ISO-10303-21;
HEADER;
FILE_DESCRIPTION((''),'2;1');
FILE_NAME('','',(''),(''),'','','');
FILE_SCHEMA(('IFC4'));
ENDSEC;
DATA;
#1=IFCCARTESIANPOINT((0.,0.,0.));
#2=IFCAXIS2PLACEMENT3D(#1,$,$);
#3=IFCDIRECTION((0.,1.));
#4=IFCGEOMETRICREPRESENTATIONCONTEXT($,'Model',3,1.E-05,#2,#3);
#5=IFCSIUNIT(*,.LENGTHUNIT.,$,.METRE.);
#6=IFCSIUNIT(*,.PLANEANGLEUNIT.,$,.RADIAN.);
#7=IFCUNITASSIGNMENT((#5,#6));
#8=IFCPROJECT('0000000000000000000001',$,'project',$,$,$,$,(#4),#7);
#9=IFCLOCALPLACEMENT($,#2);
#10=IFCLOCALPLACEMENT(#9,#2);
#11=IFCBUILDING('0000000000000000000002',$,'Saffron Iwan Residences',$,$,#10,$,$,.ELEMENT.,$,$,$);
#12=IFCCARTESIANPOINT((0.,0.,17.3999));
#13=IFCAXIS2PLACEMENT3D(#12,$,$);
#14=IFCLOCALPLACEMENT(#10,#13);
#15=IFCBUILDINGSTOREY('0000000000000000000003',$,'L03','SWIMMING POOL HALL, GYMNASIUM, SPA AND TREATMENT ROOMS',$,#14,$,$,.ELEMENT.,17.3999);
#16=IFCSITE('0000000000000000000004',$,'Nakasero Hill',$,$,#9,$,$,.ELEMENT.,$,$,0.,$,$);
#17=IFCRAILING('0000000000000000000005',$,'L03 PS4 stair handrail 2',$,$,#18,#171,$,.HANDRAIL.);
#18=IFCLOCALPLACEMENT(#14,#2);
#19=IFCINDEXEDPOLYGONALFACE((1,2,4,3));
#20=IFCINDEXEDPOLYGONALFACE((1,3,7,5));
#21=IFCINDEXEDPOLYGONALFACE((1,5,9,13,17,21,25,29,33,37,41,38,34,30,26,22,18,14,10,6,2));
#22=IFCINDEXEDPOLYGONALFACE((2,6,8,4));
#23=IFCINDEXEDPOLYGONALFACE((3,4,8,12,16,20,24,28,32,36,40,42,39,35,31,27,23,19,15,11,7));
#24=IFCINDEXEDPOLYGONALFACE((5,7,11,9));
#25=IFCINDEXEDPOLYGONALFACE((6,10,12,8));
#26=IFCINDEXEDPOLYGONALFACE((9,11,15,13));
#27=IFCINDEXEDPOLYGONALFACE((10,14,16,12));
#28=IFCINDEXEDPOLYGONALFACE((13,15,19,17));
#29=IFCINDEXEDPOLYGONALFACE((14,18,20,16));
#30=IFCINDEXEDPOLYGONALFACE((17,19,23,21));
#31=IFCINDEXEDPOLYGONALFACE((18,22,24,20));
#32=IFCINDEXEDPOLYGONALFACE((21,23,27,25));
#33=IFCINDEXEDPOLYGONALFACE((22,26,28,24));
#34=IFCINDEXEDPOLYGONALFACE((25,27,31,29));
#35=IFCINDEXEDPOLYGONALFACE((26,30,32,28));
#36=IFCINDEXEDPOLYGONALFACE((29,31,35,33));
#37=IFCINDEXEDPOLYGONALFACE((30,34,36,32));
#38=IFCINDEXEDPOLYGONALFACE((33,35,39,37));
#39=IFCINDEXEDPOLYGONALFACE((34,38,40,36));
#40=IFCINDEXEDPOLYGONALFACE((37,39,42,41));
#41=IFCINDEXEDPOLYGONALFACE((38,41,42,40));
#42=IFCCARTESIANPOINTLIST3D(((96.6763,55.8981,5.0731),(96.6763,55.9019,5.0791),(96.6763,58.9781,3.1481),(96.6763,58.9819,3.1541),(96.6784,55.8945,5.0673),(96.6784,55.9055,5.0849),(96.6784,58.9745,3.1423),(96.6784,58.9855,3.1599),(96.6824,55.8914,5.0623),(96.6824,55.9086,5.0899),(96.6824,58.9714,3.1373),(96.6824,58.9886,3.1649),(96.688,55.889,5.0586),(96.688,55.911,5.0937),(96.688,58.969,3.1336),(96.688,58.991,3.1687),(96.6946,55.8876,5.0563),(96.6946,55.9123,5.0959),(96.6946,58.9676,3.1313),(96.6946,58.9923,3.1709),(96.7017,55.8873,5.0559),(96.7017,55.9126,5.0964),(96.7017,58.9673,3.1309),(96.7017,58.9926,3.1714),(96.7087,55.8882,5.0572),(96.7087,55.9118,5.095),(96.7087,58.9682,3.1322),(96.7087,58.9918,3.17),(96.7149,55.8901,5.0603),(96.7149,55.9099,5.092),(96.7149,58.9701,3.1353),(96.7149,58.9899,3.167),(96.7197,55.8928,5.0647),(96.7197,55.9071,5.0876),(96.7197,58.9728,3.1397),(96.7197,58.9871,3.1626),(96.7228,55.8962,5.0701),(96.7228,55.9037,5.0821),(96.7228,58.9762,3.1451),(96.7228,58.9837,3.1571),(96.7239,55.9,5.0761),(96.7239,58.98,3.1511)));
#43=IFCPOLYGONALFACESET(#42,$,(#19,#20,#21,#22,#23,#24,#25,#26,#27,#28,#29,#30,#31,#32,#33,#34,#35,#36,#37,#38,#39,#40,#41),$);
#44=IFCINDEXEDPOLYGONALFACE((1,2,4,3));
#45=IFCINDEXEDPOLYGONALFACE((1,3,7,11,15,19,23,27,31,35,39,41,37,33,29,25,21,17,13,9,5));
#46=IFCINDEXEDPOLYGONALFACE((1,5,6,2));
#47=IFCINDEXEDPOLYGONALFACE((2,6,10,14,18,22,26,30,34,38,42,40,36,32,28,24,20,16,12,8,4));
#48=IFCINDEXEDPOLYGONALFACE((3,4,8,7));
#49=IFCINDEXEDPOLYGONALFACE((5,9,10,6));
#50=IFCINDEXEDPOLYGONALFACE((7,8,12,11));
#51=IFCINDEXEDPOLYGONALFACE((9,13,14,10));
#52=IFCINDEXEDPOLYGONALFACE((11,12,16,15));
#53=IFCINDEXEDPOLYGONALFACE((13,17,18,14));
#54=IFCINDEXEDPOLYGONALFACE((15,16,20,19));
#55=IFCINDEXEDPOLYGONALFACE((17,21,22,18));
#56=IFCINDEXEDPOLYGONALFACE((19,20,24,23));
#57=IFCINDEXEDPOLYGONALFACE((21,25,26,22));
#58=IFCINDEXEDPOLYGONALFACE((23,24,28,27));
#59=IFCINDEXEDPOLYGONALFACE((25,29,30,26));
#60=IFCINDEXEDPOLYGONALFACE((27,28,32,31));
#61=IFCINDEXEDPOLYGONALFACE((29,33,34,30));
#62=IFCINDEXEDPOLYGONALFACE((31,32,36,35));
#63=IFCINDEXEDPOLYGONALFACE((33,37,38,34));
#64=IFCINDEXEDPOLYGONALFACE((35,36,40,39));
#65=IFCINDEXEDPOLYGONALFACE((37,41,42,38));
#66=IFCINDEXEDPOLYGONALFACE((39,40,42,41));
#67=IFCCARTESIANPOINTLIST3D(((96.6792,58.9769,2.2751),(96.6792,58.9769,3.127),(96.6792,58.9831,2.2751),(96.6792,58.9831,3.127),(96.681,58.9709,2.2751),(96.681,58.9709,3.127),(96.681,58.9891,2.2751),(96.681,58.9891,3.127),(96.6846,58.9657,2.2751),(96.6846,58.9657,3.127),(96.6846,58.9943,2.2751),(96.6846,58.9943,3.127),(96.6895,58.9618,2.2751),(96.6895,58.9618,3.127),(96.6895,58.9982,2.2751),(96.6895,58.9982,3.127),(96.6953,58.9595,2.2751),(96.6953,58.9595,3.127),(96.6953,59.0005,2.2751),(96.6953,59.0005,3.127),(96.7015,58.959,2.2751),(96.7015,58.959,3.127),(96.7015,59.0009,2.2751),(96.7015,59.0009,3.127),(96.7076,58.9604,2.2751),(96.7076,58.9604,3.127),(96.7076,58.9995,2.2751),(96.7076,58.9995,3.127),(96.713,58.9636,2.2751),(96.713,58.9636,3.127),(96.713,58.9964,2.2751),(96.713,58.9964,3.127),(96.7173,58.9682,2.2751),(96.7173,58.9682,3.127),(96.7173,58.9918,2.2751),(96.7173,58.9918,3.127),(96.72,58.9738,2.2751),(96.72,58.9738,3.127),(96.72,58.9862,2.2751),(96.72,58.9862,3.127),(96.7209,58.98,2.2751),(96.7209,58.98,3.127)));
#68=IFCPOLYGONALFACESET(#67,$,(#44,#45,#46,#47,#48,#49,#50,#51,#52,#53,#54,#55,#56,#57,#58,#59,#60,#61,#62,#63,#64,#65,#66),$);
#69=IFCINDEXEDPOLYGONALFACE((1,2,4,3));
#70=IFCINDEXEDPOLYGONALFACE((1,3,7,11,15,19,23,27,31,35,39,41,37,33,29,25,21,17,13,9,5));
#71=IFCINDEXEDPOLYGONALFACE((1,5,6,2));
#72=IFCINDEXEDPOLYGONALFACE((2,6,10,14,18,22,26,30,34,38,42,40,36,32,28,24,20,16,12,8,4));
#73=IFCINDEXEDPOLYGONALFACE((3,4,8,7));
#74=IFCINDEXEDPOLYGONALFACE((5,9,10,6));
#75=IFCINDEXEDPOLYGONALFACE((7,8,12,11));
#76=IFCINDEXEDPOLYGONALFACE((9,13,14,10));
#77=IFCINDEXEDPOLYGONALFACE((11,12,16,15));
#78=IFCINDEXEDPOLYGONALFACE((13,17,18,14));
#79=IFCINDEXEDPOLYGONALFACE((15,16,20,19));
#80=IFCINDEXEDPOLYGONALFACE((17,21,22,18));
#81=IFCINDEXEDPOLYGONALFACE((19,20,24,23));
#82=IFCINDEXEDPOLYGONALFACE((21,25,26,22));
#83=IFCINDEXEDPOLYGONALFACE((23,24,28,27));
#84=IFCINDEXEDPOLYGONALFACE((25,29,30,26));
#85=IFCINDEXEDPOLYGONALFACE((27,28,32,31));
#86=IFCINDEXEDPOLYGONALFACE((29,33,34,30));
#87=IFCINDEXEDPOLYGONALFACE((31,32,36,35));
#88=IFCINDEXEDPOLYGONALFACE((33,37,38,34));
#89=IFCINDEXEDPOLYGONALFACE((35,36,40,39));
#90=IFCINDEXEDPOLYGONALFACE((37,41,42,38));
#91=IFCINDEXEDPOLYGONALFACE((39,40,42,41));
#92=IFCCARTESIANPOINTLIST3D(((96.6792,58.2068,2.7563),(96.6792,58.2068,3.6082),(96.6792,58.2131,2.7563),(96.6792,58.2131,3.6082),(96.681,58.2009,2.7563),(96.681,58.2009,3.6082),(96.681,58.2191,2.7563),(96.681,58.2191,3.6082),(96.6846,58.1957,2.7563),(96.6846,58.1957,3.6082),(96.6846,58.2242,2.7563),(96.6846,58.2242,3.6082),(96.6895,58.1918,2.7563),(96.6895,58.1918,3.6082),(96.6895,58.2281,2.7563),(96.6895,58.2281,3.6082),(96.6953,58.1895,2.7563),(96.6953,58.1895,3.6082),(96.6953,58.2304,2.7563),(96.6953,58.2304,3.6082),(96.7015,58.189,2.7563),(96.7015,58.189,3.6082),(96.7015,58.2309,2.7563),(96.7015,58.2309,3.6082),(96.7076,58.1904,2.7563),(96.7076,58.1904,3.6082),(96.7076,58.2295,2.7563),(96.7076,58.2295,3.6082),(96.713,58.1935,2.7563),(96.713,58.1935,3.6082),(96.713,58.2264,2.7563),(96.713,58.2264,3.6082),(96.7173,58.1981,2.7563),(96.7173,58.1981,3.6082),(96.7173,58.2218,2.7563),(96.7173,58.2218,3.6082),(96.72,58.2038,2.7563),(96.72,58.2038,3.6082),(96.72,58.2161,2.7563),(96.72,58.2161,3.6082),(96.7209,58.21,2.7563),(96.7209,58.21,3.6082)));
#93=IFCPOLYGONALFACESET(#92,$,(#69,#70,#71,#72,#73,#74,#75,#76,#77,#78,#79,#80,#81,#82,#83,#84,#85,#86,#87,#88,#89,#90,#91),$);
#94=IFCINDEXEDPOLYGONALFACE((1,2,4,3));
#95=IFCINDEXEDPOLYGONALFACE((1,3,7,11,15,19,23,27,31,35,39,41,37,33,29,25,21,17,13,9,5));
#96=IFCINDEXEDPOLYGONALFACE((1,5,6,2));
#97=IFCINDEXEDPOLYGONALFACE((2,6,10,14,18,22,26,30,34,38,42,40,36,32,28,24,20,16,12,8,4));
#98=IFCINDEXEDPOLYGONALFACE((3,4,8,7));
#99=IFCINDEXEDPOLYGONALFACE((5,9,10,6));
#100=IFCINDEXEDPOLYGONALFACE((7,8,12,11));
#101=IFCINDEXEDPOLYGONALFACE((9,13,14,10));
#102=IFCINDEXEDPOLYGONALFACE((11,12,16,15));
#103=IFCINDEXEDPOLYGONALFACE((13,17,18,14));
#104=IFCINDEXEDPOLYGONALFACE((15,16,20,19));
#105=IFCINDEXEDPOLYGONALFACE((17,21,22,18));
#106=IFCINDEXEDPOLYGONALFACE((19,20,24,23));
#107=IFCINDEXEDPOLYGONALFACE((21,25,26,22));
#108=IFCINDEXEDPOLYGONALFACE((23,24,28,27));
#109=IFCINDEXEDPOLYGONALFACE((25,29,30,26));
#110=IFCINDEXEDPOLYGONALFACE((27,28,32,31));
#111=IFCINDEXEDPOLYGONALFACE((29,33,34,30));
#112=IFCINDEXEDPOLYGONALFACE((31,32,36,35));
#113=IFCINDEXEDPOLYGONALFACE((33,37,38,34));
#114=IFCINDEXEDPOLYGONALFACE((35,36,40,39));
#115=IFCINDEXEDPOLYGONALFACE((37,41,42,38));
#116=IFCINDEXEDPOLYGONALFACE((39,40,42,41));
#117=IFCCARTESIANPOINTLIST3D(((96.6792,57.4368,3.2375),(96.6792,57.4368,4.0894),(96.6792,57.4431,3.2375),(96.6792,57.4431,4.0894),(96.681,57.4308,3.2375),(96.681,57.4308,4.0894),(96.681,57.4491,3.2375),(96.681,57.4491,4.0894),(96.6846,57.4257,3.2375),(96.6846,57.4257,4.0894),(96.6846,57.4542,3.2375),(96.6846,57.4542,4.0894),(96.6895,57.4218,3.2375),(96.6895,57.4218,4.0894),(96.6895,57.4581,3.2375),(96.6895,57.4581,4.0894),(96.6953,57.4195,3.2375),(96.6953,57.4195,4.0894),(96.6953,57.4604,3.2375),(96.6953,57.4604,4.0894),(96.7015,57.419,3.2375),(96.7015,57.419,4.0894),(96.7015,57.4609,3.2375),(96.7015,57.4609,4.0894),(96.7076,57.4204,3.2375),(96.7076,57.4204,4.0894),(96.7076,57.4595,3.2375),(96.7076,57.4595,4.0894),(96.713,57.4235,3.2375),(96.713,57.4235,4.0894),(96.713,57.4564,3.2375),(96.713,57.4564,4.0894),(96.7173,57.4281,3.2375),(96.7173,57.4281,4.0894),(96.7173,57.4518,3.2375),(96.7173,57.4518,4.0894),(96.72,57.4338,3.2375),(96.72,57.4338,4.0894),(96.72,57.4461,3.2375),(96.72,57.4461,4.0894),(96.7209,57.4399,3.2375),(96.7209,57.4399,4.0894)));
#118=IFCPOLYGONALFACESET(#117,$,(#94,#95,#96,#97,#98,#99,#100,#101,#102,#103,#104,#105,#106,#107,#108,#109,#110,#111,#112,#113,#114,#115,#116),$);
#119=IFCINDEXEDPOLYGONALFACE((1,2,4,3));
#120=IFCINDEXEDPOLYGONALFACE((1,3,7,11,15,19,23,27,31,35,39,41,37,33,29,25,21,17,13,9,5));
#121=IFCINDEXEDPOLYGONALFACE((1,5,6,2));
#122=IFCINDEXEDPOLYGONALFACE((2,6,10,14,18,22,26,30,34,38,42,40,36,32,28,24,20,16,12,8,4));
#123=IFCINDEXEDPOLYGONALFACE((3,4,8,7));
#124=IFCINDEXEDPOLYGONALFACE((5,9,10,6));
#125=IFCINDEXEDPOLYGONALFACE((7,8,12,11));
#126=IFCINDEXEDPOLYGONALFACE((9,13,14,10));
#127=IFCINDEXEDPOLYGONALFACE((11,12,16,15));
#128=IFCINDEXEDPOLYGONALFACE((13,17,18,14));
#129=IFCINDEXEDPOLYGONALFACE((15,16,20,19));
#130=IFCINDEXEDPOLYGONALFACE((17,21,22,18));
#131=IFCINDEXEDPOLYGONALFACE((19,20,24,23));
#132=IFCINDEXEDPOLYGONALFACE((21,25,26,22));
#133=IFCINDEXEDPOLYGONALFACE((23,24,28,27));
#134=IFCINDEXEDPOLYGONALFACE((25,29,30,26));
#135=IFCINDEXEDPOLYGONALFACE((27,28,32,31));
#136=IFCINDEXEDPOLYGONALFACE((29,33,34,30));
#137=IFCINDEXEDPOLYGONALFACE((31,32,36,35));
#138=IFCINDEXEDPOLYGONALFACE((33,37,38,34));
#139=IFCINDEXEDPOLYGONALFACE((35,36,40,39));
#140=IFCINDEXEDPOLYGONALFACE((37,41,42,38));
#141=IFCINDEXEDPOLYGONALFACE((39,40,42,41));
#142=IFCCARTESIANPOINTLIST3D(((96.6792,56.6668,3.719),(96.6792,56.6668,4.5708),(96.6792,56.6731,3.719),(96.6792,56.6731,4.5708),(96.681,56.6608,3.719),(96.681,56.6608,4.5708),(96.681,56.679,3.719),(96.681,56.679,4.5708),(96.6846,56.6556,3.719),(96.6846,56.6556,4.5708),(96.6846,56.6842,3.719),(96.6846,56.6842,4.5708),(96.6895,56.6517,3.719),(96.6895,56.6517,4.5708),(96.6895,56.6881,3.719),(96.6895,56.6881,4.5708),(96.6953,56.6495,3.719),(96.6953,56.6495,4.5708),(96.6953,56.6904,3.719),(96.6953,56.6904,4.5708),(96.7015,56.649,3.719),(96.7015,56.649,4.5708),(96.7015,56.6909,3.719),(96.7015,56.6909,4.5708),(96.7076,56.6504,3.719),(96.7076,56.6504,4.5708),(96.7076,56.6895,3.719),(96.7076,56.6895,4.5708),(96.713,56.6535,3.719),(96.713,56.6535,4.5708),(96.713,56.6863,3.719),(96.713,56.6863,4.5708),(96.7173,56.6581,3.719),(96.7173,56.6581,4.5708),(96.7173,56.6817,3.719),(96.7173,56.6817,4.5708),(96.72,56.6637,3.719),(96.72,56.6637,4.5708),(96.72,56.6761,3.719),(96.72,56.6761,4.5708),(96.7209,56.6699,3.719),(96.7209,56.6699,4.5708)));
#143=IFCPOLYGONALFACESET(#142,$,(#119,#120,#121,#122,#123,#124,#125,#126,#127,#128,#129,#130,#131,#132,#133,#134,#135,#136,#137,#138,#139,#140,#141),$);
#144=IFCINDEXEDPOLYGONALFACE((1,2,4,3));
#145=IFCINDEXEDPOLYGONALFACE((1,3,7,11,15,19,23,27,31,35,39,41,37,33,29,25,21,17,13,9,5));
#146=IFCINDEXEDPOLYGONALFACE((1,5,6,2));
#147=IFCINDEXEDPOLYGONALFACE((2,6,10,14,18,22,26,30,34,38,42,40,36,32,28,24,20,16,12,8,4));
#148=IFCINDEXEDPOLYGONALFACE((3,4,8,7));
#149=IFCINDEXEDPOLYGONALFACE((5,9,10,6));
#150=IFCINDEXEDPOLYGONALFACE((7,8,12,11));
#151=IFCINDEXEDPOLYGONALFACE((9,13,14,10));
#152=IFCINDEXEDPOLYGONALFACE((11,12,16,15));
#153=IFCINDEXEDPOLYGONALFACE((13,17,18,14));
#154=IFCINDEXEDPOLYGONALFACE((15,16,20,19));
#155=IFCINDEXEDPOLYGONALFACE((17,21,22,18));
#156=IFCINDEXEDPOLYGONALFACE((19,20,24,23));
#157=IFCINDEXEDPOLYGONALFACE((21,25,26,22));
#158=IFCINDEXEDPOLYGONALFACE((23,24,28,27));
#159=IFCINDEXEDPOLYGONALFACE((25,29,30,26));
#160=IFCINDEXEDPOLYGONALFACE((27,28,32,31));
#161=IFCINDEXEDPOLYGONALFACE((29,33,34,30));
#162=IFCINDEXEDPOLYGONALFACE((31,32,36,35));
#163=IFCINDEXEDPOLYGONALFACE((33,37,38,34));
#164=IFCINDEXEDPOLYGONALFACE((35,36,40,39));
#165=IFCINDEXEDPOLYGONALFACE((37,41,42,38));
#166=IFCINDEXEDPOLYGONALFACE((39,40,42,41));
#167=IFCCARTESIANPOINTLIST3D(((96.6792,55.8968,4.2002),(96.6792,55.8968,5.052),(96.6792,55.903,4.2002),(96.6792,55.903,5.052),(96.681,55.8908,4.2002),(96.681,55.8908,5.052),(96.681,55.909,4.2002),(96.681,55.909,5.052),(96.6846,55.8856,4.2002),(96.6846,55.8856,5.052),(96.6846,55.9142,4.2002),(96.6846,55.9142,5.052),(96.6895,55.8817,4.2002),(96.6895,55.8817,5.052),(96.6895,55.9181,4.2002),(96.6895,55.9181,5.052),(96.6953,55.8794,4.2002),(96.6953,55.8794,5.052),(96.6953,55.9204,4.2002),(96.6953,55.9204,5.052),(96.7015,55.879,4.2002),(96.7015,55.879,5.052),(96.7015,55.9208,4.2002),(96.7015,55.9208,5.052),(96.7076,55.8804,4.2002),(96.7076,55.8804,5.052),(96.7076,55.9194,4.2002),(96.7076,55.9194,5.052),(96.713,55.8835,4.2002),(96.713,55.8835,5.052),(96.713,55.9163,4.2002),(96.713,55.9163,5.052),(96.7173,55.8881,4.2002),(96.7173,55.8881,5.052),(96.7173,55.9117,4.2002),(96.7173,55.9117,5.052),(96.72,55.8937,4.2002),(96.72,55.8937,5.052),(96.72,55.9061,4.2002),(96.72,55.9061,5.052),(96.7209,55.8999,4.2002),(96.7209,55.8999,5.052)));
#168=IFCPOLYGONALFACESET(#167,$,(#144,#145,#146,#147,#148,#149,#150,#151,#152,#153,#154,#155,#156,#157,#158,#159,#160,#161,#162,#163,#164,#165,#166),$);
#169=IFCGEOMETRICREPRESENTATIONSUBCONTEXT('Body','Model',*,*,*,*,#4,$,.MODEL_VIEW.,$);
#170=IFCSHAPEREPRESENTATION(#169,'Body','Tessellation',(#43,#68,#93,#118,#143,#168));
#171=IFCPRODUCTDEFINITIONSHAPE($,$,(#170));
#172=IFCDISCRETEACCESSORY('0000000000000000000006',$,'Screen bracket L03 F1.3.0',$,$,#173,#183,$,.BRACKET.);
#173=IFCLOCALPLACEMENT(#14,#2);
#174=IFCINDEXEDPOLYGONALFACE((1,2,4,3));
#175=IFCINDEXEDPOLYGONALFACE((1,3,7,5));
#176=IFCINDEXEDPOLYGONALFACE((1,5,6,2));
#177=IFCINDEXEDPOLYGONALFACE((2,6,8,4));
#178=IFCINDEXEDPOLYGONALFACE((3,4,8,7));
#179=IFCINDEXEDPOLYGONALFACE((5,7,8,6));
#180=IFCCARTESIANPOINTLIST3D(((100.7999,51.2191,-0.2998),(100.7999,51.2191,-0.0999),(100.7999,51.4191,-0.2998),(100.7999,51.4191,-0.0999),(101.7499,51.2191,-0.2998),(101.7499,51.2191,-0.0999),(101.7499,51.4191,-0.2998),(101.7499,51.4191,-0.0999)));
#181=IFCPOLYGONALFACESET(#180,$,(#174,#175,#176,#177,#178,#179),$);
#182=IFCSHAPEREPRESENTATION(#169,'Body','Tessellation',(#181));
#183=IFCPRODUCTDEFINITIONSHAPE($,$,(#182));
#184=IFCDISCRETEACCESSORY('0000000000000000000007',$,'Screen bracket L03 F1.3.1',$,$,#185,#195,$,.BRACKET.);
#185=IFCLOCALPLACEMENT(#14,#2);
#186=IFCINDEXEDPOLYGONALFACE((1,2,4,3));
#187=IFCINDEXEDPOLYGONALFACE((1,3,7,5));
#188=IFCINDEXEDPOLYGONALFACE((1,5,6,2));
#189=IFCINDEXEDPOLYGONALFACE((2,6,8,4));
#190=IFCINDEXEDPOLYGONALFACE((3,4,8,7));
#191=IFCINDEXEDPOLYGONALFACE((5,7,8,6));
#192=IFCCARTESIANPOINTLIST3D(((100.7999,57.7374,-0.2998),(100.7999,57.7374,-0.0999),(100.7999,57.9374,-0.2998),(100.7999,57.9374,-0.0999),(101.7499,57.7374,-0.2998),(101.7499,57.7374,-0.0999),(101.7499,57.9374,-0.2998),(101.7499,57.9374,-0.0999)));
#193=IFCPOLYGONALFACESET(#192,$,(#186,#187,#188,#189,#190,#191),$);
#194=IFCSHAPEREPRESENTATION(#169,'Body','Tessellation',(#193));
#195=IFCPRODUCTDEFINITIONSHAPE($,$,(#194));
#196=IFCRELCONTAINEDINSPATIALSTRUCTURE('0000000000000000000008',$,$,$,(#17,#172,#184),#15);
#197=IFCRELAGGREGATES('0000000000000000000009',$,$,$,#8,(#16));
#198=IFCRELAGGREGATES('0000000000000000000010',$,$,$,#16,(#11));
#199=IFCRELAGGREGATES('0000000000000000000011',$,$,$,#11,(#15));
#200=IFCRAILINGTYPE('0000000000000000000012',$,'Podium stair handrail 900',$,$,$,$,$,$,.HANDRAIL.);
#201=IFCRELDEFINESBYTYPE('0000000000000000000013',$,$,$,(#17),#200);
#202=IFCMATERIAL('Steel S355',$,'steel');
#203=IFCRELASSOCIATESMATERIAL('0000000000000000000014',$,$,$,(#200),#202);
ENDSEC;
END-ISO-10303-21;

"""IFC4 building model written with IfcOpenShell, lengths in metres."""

from ifc_helpers import new_model, si_unit, direction, frame, origin, origin_2d, place, context, subcontext, project, spatial, rectangle, circle, extrude, source, transform, mapped, material, type_object, element, save


model = new_model("IFC4")

# Units and contexts
model_context = context("Model", 3, precision=1e-05, world=origin(), true_north=direction((0.0, 1.0)))
body_context = subcontext(model_context, "Body", "Model", "MODEL_VIEW")
ifc_project = project(units=[si_unit("LENGTHUNIT", "METRE"), si_unit("PLANEANGLEUNIT", "RADIAN")], contexts=[model_context])

# Site, building, storey
site_placement = place(None, origin())
site = spatial("IfcSite", under=ifc_project, at=site_placement, Name="Nakasero Hill", CompositionType="ELEMENT", RefElevation=0.0)
building_placement = place(site_placement, origin())
building = spatial("IfcBuilding", under=site, at=building_placement, Name="Saffron Iwan Residences", CompositionType="ELEMENT")
storey_placement = place(building_placement, frame((0.0, 0.0, 17.3999)))
storey = spatial("IfcBuildingStorey", under=building, at=storey_placement, Name="L03", Description="SWIMMING POOL HALL, GYMNASIUM, SPA AND TREATMENT ROOMS", CompositionType="ELEMENT", Elevation=17.3999)

# Railing
ifc_material_1 = material(Name="Steel S355", Category="steel")
railing_type_1 = type_object("IfcRailingType", Name="Podium stair handrail 900", PredefinedType="HANDRAIL", material=ifc_material_1)
railing_1_placement = place(storey_placement, frame((96.7, 58.98, 2.2751)))
element("IfcRailing", 1, at=railing_1_placement, inside=storey, type_object=railing_type_1, Name="L03 PS4 stair handrail 2", PredefinedType="HANDRAIL", context=body_context, shape_type="SweptSolid", body=[
    extrude(circle(Radius=0.0239, at=origin_2d()), frame((0.0, 0.0, 0.876), z_axis=(0.0, -0.847998, 0.529999), x_axis=(1.0, 0.0, 0.0)), (0.0, 0.0, 1.0), 3.6321),
    extrude(circle(Radius=0.021, at=origin_2d()), origin(), (0.0, 0.0, 1.0), 0.8518),
    extrude(circle(Radius=0.021, at=origin_2d()), frame((0.0, -0.77, 0.4812)), (0.0, 0.0, 1.0), 0.8518),
    extrude(circle(Radius=0.021, at=origin_2d()), frame((0.0, -1.54, 0.9624)), (0.0, 0.0, 1.0), 0.8518),
    extrude(circle(Radius=0.021, at=origin_2d()), frame((0.0, -2.3101, 1.4438)), (0.0, 0.0, 1.0), 0.8518),
    extrude(circle(Radius=0.021, at=origin_2d()), frame((0.0, -3.0801, 1.925)), (0.0, 0.0, 1.0), 0.8518),
])

# Discrete accessories
shared_shape = source(origin(), body_context, "Body", "SweptSolid", [
    extrude(rectangle(XDim=0.95, YDim=0.2, at=origin_2d()), origin(), (0.0, 0.0, 1.0), 0.2),
])
for number, where, z_axis, x_axis, name in (
    (2, (101.2749, 51.3191, -0.2998), (0.0, 0.0, 1.0), (1.0, 0.0, 0.0), "Screen bracket L03 F1.3.0"),
    (3, (101.2749, 57.8374, -0.2998), (0.0, 0.0, 1.0), (1.0, 0.0, 0.0), "Screen bracket L03 F1.3.1"),
):
    element("IfcDiscreteAccessory", number, at=place(storey_placement, frame(where, z_axis=z_axis, x_axis=x_axis)), inside=storey, Name=name, PredefinedType="BRACKET", context=body_context, shape_type="MappedRepresentation", body=[
        mapped(shared_shape, transform((0.0, 0.0, 0.0))),
    ])

save(model, "model.ifc")
